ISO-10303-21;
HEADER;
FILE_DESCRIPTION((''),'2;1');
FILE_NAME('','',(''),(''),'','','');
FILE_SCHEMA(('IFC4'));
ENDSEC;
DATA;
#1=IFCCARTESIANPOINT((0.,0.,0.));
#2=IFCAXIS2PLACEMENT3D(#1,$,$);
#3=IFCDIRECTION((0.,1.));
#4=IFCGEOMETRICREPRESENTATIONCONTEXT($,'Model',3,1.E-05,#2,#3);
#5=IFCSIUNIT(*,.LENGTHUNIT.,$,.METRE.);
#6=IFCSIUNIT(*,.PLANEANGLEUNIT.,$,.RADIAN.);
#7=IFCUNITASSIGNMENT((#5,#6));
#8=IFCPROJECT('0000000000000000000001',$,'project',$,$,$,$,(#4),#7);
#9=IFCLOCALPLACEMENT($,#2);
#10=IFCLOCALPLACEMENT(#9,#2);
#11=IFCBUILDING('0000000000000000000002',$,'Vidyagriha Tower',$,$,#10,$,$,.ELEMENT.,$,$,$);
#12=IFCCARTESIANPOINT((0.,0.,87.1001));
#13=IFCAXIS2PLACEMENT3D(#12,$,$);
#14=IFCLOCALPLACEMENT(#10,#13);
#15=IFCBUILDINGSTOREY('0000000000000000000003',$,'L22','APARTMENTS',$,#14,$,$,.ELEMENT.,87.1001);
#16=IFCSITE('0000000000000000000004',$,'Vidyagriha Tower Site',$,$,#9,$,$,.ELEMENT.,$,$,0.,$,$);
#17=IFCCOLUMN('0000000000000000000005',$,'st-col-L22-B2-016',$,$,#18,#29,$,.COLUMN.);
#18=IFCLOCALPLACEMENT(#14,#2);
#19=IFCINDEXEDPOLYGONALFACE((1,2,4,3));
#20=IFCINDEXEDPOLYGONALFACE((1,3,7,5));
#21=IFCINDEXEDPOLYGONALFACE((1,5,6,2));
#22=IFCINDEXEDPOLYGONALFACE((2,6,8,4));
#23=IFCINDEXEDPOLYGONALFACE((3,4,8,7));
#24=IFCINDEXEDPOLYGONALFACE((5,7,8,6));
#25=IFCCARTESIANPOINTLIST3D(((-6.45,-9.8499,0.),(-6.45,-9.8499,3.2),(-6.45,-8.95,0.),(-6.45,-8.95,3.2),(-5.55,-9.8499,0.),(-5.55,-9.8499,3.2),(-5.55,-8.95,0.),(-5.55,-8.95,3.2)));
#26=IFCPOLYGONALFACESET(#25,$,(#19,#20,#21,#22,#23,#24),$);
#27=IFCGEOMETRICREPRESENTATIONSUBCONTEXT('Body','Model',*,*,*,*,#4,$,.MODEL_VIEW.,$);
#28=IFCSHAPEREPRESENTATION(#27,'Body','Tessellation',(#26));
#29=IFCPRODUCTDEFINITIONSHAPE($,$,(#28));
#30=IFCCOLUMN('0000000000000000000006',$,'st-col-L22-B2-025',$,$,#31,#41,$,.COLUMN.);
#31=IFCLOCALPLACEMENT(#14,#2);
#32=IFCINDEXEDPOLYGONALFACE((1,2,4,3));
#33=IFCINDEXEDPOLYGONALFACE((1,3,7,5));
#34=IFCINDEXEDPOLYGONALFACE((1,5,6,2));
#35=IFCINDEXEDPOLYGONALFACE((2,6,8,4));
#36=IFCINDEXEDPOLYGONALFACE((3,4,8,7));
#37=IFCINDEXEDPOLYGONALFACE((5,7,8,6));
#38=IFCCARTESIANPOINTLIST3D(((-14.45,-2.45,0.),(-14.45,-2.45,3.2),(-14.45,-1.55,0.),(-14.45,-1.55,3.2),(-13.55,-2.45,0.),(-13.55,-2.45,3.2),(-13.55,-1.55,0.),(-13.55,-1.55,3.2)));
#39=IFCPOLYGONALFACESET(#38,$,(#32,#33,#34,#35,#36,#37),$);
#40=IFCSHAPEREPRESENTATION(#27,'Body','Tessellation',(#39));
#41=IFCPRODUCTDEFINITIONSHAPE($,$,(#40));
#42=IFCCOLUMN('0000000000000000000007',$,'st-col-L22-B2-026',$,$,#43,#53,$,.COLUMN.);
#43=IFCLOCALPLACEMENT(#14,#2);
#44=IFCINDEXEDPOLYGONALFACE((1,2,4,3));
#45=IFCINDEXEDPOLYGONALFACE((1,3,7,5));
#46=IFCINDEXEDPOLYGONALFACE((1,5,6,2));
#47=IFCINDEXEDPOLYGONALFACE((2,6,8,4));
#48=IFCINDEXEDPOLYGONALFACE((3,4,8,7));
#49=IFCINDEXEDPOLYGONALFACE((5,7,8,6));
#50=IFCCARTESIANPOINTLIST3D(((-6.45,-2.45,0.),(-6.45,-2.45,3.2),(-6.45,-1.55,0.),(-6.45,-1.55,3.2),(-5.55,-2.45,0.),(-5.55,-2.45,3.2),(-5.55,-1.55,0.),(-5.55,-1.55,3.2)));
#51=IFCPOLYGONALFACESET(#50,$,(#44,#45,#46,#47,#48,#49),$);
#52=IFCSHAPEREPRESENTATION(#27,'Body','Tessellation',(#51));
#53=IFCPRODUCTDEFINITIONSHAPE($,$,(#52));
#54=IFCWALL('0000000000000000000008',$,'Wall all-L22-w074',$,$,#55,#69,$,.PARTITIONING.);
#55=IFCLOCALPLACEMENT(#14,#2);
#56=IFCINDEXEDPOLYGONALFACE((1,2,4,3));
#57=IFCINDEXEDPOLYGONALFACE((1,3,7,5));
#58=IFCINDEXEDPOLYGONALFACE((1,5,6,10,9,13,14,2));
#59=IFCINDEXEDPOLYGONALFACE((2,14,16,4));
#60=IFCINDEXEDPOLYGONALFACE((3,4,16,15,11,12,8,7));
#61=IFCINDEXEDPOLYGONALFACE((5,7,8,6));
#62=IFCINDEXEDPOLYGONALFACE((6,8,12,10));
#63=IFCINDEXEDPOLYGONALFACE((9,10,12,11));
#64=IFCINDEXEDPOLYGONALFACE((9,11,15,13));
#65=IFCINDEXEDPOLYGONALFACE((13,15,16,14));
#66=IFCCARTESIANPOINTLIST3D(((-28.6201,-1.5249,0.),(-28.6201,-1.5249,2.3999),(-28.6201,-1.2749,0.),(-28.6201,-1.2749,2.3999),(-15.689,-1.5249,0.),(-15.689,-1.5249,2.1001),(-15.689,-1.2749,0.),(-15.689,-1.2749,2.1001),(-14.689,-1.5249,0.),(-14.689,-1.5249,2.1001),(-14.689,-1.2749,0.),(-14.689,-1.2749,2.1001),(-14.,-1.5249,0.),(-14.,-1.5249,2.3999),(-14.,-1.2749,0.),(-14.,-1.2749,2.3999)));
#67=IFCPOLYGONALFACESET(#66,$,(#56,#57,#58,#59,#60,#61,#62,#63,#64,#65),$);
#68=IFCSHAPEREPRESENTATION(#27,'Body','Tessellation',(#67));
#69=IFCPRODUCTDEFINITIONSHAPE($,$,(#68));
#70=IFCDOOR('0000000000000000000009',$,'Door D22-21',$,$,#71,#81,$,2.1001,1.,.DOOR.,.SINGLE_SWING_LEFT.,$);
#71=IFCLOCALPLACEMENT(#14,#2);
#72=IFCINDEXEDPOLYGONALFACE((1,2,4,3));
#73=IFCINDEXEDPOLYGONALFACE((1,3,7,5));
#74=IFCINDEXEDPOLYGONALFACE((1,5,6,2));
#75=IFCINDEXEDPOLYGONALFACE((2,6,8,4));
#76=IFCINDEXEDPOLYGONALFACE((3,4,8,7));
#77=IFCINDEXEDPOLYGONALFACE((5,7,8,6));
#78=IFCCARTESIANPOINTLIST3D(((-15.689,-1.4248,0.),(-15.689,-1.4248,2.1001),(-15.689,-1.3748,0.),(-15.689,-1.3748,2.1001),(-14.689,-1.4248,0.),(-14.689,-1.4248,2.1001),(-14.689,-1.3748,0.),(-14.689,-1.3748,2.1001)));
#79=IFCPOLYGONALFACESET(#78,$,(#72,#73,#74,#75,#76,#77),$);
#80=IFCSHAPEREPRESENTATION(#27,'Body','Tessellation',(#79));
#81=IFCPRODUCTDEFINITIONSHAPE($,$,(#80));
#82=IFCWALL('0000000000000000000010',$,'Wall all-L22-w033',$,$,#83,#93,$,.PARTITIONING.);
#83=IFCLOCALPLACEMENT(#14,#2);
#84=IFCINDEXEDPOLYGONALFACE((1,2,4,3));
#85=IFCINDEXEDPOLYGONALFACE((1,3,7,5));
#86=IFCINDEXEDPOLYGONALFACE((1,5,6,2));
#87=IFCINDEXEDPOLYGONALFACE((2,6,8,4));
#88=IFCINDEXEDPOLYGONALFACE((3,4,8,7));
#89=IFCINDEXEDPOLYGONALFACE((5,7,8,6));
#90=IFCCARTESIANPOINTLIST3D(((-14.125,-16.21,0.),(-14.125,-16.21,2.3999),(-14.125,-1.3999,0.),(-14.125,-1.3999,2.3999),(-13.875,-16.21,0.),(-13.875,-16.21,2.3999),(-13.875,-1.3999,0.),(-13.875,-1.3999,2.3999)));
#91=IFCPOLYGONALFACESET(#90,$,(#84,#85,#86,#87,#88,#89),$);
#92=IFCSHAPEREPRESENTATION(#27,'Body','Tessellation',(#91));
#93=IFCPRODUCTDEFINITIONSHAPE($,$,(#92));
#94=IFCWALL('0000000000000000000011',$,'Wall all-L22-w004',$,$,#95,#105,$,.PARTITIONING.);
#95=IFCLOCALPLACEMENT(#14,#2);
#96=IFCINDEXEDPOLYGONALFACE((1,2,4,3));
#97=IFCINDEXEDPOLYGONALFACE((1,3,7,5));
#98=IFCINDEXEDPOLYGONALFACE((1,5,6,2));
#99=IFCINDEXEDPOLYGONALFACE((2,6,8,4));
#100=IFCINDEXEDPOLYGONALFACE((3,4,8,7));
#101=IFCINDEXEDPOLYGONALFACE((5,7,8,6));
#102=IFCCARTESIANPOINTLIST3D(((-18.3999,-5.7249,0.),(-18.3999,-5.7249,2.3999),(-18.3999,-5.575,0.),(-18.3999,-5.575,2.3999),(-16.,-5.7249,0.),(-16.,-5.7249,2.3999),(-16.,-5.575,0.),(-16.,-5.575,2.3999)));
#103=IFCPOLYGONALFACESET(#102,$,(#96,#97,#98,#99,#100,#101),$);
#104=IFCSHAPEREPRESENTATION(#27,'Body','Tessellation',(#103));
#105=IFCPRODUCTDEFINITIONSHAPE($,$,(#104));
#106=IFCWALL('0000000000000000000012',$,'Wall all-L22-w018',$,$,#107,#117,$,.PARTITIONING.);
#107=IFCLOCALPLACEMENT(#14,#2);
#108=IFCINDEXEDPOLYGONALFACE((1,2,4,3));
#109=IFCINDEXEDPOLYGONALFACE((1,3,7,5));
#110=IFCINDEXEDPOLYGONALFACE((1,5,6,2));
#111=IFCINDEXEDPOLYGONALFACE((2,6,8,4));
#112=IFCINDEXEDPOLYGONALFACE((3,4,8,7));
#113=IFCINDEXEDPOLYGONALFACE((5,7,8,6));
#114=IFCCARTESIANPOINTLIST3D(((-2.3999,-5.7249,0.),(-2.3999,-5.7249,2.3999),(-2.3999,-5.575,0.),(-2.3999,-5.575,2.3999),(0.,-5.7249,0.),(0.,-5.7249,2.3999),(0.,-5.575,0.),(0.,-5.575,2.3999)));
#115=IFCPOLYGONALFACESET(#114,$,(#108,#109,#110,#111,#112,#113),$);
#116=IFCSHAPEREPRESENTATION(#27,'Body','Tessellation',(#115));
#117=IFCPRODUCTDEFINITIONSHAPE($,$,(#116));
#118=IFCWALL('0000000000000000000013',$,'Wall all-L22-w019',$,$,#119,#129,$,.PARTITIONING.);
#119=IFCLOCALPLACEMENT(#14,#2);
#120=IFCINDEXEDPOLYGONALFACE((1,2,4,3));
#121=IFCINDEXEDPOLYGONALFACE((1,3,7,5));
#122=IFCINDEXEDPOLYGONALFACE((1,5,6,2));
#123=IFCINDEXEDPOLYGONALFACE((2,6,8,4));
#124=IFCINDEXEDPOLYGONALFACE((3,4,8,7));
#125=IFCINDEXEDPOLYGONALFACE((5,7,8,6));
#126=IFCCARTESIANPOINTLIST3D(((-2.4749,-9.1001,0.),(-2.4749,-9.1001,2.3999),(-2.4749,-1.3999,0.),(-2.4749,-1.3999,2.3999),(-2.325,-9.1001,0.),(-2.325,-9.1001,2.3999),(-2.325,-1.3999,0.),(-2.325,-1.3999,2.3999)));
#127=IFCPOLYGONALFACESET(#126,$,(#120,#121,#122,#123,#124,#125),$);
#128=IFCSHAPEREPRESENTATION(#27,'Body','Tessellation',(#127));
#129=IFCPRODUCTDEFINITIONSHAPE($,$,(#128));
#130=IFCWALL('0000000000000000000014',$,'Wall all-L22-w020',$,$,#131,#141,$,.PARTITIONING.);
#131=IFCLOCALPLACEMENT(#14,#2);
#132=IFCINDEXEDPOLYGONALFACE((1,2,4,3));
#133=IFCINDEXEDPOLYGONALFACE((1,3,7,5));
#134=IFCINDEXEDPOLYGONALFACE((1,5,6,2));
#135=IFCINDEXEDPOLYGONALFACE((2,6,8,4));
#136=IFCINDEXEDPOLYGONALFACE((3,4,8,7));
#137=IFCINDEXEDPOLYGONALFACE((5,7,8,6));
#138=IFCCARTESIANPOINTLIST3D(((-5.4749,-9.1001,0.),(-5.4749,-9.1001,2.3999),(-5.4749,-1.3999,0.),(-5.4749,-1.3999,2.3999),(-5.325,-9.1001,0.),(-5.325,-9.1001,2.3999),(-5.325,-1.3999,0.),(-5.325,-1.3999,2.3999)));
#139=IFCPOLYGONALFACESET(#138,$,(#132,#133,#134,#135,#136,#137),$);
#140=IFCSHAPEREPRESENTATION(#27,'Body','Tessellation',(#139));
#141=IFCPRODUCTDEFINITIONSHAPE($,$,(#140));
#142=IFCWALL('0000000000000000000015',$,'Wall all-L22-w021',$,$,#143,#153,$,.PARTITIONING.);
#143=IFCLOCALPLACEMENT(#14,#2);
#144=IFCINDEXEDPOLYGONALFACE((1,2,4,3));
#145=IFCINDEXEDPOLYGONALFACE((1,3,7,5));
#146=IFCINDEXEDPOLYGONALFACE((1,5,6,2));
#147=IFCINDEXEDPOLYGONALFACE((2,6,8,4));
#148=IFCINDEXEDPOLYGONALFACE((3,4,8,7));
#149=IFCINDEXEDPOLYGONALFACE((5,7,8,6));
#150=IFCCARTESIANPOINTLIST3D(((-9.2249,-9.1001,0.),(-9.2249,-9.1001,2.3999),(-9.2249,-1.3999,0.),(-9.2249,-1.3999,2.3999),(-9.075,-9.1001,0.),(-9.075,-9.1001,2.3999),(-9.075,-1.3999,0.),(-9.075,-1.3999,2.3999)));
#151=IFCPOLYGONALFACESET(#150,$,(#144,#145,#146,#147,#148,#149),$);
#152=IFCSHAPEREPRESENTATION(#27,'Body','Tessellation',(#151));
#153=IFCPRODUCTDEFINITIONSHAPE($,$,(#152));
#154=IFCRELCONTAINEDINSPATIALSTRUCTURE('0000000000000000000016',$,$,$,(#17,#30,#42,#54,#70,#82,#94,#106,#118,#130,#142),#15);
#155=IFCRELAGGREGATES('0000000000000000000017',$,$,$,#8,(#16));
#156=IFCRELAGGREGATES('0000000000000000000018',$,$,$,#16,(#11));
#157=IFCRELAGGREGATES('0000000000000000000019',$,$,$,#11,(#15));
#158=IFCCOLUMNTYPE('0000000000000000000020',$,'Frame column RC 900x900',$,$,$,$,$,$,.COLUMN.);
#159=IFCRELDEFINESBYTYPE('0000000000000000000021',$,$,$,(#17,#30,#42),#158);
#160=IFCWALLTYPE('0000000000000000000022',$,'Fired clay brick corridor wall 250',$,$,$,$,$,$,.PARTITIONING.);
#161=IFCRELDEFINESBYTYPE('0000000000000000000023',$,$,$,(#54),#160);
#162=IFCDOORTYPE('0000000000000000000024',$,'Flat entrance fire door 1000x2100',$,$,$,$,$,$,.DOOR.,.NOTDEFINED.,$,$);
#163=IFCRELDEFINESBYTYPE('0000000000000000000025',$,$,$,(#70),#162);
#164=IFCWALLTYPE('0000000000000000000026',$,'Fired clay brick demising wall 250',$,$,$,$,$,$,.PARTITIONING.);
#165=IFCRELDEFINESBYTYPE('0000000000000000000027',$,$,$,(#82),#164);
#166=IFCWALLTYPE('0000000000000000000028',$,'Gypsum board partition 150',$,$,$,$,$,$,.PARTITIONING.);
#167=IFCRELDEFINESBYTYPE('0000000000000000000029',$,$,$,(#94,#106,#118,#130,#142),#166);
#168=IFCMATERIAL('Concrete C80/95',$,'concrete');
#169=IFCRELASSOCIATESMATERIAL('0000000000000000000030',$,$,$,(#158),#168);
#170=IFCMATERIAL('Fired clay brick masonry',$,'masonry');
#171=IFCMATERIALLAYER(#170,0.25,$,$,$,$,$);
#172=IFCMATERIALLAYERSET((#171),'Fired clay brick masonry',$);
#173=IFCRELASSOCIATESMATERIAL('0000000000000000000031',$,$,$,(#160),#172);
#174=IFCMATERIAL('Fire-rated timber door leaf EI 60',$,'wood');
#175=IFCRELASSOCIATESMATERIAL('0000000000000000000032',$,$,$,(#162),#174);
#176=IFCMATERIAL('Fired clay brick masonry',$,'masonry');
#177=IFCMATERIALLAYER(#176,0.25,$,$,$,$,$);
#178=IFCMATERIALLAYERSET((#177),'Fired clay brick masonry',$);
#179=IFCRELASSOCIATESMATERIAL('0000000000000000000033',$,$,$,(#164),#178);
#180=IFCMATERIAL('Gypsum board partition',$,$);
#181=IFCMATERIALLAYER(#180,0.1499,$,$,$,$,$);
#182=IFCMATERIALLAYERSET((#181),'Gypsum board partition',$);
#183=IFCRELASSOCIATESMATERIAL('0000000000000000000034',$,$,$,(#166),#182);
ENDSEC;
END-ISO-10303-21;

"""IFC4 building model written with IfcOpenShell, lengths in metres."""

from ifc_helpers import new_model, si_unit, direction, frame, frame_2d, origin, origin_2d, place, context, subcontext, project, spatial, rectangle, extrude, material, layer, layer_set, material_profile, profile_set, type_object, element, fill, save


model = new_model("IFC4")

# Units and contexts
model_context = context("Model", 3, precision=1e-05, world=origin(), true_north=direction((0.0, 1.0)))
body_context = subcontext(model_context, "Body", "Model", "MODEL_VIEW")
ifc_project = project(units=[si_unit("LENGTHUNIT", "METRE"), si_unit("PLANEANGLEUNIT", "RADIAN")], contexts=[model_context])

# Site, building, storey
site_placement = place(None, origin())
site = spatial("IfcSite", under=ifc_project, at=site_placement, Name="Vidyagriha Tower Site", CompositionType="ELEMENT", RefElevation=0.0)
building_placement = place(site_placement, origin())
building = spatial("IfcBuilding", under=site, at=building_placement, Name="Vidyagriha Tower", CompositionType="ELEMENT")
storey_placement = place(building_placement, frame((0.0, 0.0, 87.1001)))
storey = spatial("IfcBuildingStorey", under=building, at=storey_placement, Name="L22", Description="APARTMENTS", CompositionType="ELEMENT", Elevation=87.1001)

# Columns
ifc_material_1 = material(Name="Concrete C80/95", Category="concrete")
ifc_material_profile = material_profile(ifc_material_1, rectangle(XDim=0.8999, YDim=0.8999, at=origin_2d()), Name="RC 900x900")
ifc_profile_set = profile_set([ifc_material_profile], Name="Concrete C80/95")
column_type = type_object("IfcColumnType", Name="Frame column RC 900x900", PredefinedType="COLUMN", material=ifc_profile_set)
for number, where, name in (
    (1, (-6.0, -9.3999, 0.0), "st-col-L22-B2-016"),
    (2, (-14.0, -2.0, 0.0), "st-col-L22-B2-025"),
    (3, (-6.0, -2.0, 0.0), "st-col-L22-B2-026"),
):
    element("IfcColumn", number, at=place(storey_placement, frame(where)), inside=storey, type_object=column_type, Name=name, PredefinedType="COLUMN", context=body_context, shape_type="SweptSolid", body=[
        extrude(rectangle(XDim=0.8999, YDim=0.8999, at=origin_2d()), origin(), (0.0, 0.0, 1.0), 3.2),
    ])

# Wall, opening, door
ifc_material_2 = material(Name="Fired clay brick masonry", Category="masonry")
ifc_layer_1 = layer(ifc_material_2, 0.25)
ifc_layer_set_1 = layer_set([ifc_layer_1], Name="Fired clay brick masonry")
wall_type_1 = type_object("IfcWallType", Name="Fired clay brick corridor wall 250", PredefinedType="PARTITIONING", material=ifc_layer_set_1)
wall_1_placement = place(storey_placement, frame((-14.0, -1.3999, 0.0), z_axis=(0.0, 0.0, 1.0), x_axis=(-1.0, 0.0, 0.0)))
wall_1 = element("IfcWall", 4, at=wall_1_placement, inside=storey, type_object=wall_type_1, Name="Wall all-L22-w074", PredefinedType="PARTITIONING", context=body_context, shape_type="SweptSolid", body=[
    extrude(rectangle(XDim=14.6201, YDim=0.25, at=frame_2d((7.3101, 0.0))), origin(), (0.0, 0.0, 1.0), 2.3999),
])
opening_1_placement = place(wall_1_placement, frame((0.689, 0.0, 0.0)))
opening_1 = element("IfcOpeningElement", 5, at=opening_1_placement, cuts=wall_1, PredefinedType="OPENING", context=body_context, shape_type="SweptSolid", body=[
    extrude(rectangle(XDim=1.0, YDim=2.1001, at=frame_2d((0.5, 1.05))), frame((0.0, 0.135, 0.0), z_axis=(0.0, -1.0, 0.0), x_axis=(1.0, 0.0, 0.0)), (0.0, 0.0, 1.0), 0.27),
])
ifc_material_3 = material(Name="Fire-rated timber door leaf EI 60", Category="wood")
door_type_1 = type_object("IfcDoorType", Name="Flat entrance fire door 1000x2100", OperationType="NOTDEFINED", PredefinedType="DOOR", material=ifc_material_3)
door_1_placement = place(opening_1_placement, origin())
door_1 = element("IfcDoor", 6, at=door_1_placement, inside=storey, type_object=door_type_1, Name="Door D22-21", OperationType="SINGLE_SWING_LEFT", OverallHeight=2.1001, OverallWidth=1.0, PredefinedType="DOOR", context=body_context, shape_type="SweptSolid", body=[
    extrude(rectangle(XDim=1.0, YDim=2.1001, at=frame_2d((0.5, 1.05))), frame((0.0, 0.0249, 0.0), z_axis=(0.0, -1.0, 0.0), x_axis=(1.0, 0.0, 0.0)), (0.0, 0.0, 1.0), 0.05),
])
fill(opening_1, door_1)

# Walls
ifc_material_4 = material(Name="Fired clay brick masonry", Category="masonry")
ifc_layer_2 = layer(ifc_material_4, 0.25)
ifc_layer_set_2 = layer_set([ifc_layer_2], Name="Fired clay brick masonry")
wall_type_2 = type_object("IfcWallType", Name="Fired clay brick demising wall 250", PredefinedType="PARTITIONING", material=ifc_layer_set_2)
wall_2_placement = place(storey_placement, frame((-14.0, -1.3999, 0.0), z_axis=(0.0, 0.0, 1.0), x_axis=(0.0, -1.0, 0.0)))
element("IfcWall", 7, at=wall_2_placement, inside=storey, type_object=wall_type_2, Name="Wall all-L22-w033", PredefinedType="PARTITIONING", context=body_context, shape_type="SweptSolid", body=[
    extrude(rectangle(XDim=14.8101, YDim=0.25, at=frame_2d((7.405, 0.0))), origin(), (0.0, 0.0, 1.0), 2.3999),
])
ifc_material_5 = material(Name="Gypsum board partition")
ifc_layer_3 = layer(ifc_material_5, 0.1499)
ifc_layer_set_3 = layer_set([ifc_layer_3], Name="Gypsum board partition")
wall_type_3 = type_object("IfcWallType", Name="Gypsum board partition 150", PredefinedType="PARTITIONING", material=ifc_layer_set_3)
for number, where, z_axis, x_axis, name in (
    (8, (-16.0, -5.6499, 0.0), (0.0, 0.0, 1.0), (-1.0, 0.0, 0.0), "Wall all-L22-w004"),
    (9, (0.0, -5.6499, 0.0), (0.0, 0.0, 1.0), (-1.0, 0.0, 0.0), "Wall all-L22-w018"),
):
    element("IfcWall", number, at=place(storey_placement, frame(where, z_axis=z_axis, x_axis=x_axis)), inside=storey, type_object=wall_type_3, Name=name, PredefinedType="PARTITIONING", context=body_context, shape_type="SweptSolid", body=[
        extrude(rectangle(XDim=2.3999, YDim=0.1499, at=frame_2d((1.2, 0.0))), origin(), (0.0, 0.0, 1.0), 2.3999),
    ])
for number, where, z_axis, x_axis, name in (
    (10, (-2.3999, -9.1001, 0.0), (0.0, 0.0, 1.0), (0.0, 1.0, 0.0), "Wall all-L22-w019"),
    (11, (-5.3999, -9.1001, 0.0), (0.0, 0.0, 1.0), (0.0, 1.0, 0.0), "Wall all-L22-w020"),
    (12, (-9.1499, -9.1001, 0.0), (0.0, 0.0, 1.0), (0.0, 1.0, 0.0), "Wall all-L22-w021"),
):
    element("IfcWall", number, at=place(storey_placement, frame(where, z_axis=z_axis, x_axis=x_axis)), inside=storey, type_object=wall_type_3, Name=name, PredefinedType="PARTITIONING", context=body_context, shape_type="SweptSolid", body=[
        extrude(rectangle(XDim=7.7002, YDim=0.1499, at=frame_2d((3.8501, 0.0))), origin(), (0.0, 0.0, 1.0), 2.3999),
    ])

save(model, "model.ifc")
